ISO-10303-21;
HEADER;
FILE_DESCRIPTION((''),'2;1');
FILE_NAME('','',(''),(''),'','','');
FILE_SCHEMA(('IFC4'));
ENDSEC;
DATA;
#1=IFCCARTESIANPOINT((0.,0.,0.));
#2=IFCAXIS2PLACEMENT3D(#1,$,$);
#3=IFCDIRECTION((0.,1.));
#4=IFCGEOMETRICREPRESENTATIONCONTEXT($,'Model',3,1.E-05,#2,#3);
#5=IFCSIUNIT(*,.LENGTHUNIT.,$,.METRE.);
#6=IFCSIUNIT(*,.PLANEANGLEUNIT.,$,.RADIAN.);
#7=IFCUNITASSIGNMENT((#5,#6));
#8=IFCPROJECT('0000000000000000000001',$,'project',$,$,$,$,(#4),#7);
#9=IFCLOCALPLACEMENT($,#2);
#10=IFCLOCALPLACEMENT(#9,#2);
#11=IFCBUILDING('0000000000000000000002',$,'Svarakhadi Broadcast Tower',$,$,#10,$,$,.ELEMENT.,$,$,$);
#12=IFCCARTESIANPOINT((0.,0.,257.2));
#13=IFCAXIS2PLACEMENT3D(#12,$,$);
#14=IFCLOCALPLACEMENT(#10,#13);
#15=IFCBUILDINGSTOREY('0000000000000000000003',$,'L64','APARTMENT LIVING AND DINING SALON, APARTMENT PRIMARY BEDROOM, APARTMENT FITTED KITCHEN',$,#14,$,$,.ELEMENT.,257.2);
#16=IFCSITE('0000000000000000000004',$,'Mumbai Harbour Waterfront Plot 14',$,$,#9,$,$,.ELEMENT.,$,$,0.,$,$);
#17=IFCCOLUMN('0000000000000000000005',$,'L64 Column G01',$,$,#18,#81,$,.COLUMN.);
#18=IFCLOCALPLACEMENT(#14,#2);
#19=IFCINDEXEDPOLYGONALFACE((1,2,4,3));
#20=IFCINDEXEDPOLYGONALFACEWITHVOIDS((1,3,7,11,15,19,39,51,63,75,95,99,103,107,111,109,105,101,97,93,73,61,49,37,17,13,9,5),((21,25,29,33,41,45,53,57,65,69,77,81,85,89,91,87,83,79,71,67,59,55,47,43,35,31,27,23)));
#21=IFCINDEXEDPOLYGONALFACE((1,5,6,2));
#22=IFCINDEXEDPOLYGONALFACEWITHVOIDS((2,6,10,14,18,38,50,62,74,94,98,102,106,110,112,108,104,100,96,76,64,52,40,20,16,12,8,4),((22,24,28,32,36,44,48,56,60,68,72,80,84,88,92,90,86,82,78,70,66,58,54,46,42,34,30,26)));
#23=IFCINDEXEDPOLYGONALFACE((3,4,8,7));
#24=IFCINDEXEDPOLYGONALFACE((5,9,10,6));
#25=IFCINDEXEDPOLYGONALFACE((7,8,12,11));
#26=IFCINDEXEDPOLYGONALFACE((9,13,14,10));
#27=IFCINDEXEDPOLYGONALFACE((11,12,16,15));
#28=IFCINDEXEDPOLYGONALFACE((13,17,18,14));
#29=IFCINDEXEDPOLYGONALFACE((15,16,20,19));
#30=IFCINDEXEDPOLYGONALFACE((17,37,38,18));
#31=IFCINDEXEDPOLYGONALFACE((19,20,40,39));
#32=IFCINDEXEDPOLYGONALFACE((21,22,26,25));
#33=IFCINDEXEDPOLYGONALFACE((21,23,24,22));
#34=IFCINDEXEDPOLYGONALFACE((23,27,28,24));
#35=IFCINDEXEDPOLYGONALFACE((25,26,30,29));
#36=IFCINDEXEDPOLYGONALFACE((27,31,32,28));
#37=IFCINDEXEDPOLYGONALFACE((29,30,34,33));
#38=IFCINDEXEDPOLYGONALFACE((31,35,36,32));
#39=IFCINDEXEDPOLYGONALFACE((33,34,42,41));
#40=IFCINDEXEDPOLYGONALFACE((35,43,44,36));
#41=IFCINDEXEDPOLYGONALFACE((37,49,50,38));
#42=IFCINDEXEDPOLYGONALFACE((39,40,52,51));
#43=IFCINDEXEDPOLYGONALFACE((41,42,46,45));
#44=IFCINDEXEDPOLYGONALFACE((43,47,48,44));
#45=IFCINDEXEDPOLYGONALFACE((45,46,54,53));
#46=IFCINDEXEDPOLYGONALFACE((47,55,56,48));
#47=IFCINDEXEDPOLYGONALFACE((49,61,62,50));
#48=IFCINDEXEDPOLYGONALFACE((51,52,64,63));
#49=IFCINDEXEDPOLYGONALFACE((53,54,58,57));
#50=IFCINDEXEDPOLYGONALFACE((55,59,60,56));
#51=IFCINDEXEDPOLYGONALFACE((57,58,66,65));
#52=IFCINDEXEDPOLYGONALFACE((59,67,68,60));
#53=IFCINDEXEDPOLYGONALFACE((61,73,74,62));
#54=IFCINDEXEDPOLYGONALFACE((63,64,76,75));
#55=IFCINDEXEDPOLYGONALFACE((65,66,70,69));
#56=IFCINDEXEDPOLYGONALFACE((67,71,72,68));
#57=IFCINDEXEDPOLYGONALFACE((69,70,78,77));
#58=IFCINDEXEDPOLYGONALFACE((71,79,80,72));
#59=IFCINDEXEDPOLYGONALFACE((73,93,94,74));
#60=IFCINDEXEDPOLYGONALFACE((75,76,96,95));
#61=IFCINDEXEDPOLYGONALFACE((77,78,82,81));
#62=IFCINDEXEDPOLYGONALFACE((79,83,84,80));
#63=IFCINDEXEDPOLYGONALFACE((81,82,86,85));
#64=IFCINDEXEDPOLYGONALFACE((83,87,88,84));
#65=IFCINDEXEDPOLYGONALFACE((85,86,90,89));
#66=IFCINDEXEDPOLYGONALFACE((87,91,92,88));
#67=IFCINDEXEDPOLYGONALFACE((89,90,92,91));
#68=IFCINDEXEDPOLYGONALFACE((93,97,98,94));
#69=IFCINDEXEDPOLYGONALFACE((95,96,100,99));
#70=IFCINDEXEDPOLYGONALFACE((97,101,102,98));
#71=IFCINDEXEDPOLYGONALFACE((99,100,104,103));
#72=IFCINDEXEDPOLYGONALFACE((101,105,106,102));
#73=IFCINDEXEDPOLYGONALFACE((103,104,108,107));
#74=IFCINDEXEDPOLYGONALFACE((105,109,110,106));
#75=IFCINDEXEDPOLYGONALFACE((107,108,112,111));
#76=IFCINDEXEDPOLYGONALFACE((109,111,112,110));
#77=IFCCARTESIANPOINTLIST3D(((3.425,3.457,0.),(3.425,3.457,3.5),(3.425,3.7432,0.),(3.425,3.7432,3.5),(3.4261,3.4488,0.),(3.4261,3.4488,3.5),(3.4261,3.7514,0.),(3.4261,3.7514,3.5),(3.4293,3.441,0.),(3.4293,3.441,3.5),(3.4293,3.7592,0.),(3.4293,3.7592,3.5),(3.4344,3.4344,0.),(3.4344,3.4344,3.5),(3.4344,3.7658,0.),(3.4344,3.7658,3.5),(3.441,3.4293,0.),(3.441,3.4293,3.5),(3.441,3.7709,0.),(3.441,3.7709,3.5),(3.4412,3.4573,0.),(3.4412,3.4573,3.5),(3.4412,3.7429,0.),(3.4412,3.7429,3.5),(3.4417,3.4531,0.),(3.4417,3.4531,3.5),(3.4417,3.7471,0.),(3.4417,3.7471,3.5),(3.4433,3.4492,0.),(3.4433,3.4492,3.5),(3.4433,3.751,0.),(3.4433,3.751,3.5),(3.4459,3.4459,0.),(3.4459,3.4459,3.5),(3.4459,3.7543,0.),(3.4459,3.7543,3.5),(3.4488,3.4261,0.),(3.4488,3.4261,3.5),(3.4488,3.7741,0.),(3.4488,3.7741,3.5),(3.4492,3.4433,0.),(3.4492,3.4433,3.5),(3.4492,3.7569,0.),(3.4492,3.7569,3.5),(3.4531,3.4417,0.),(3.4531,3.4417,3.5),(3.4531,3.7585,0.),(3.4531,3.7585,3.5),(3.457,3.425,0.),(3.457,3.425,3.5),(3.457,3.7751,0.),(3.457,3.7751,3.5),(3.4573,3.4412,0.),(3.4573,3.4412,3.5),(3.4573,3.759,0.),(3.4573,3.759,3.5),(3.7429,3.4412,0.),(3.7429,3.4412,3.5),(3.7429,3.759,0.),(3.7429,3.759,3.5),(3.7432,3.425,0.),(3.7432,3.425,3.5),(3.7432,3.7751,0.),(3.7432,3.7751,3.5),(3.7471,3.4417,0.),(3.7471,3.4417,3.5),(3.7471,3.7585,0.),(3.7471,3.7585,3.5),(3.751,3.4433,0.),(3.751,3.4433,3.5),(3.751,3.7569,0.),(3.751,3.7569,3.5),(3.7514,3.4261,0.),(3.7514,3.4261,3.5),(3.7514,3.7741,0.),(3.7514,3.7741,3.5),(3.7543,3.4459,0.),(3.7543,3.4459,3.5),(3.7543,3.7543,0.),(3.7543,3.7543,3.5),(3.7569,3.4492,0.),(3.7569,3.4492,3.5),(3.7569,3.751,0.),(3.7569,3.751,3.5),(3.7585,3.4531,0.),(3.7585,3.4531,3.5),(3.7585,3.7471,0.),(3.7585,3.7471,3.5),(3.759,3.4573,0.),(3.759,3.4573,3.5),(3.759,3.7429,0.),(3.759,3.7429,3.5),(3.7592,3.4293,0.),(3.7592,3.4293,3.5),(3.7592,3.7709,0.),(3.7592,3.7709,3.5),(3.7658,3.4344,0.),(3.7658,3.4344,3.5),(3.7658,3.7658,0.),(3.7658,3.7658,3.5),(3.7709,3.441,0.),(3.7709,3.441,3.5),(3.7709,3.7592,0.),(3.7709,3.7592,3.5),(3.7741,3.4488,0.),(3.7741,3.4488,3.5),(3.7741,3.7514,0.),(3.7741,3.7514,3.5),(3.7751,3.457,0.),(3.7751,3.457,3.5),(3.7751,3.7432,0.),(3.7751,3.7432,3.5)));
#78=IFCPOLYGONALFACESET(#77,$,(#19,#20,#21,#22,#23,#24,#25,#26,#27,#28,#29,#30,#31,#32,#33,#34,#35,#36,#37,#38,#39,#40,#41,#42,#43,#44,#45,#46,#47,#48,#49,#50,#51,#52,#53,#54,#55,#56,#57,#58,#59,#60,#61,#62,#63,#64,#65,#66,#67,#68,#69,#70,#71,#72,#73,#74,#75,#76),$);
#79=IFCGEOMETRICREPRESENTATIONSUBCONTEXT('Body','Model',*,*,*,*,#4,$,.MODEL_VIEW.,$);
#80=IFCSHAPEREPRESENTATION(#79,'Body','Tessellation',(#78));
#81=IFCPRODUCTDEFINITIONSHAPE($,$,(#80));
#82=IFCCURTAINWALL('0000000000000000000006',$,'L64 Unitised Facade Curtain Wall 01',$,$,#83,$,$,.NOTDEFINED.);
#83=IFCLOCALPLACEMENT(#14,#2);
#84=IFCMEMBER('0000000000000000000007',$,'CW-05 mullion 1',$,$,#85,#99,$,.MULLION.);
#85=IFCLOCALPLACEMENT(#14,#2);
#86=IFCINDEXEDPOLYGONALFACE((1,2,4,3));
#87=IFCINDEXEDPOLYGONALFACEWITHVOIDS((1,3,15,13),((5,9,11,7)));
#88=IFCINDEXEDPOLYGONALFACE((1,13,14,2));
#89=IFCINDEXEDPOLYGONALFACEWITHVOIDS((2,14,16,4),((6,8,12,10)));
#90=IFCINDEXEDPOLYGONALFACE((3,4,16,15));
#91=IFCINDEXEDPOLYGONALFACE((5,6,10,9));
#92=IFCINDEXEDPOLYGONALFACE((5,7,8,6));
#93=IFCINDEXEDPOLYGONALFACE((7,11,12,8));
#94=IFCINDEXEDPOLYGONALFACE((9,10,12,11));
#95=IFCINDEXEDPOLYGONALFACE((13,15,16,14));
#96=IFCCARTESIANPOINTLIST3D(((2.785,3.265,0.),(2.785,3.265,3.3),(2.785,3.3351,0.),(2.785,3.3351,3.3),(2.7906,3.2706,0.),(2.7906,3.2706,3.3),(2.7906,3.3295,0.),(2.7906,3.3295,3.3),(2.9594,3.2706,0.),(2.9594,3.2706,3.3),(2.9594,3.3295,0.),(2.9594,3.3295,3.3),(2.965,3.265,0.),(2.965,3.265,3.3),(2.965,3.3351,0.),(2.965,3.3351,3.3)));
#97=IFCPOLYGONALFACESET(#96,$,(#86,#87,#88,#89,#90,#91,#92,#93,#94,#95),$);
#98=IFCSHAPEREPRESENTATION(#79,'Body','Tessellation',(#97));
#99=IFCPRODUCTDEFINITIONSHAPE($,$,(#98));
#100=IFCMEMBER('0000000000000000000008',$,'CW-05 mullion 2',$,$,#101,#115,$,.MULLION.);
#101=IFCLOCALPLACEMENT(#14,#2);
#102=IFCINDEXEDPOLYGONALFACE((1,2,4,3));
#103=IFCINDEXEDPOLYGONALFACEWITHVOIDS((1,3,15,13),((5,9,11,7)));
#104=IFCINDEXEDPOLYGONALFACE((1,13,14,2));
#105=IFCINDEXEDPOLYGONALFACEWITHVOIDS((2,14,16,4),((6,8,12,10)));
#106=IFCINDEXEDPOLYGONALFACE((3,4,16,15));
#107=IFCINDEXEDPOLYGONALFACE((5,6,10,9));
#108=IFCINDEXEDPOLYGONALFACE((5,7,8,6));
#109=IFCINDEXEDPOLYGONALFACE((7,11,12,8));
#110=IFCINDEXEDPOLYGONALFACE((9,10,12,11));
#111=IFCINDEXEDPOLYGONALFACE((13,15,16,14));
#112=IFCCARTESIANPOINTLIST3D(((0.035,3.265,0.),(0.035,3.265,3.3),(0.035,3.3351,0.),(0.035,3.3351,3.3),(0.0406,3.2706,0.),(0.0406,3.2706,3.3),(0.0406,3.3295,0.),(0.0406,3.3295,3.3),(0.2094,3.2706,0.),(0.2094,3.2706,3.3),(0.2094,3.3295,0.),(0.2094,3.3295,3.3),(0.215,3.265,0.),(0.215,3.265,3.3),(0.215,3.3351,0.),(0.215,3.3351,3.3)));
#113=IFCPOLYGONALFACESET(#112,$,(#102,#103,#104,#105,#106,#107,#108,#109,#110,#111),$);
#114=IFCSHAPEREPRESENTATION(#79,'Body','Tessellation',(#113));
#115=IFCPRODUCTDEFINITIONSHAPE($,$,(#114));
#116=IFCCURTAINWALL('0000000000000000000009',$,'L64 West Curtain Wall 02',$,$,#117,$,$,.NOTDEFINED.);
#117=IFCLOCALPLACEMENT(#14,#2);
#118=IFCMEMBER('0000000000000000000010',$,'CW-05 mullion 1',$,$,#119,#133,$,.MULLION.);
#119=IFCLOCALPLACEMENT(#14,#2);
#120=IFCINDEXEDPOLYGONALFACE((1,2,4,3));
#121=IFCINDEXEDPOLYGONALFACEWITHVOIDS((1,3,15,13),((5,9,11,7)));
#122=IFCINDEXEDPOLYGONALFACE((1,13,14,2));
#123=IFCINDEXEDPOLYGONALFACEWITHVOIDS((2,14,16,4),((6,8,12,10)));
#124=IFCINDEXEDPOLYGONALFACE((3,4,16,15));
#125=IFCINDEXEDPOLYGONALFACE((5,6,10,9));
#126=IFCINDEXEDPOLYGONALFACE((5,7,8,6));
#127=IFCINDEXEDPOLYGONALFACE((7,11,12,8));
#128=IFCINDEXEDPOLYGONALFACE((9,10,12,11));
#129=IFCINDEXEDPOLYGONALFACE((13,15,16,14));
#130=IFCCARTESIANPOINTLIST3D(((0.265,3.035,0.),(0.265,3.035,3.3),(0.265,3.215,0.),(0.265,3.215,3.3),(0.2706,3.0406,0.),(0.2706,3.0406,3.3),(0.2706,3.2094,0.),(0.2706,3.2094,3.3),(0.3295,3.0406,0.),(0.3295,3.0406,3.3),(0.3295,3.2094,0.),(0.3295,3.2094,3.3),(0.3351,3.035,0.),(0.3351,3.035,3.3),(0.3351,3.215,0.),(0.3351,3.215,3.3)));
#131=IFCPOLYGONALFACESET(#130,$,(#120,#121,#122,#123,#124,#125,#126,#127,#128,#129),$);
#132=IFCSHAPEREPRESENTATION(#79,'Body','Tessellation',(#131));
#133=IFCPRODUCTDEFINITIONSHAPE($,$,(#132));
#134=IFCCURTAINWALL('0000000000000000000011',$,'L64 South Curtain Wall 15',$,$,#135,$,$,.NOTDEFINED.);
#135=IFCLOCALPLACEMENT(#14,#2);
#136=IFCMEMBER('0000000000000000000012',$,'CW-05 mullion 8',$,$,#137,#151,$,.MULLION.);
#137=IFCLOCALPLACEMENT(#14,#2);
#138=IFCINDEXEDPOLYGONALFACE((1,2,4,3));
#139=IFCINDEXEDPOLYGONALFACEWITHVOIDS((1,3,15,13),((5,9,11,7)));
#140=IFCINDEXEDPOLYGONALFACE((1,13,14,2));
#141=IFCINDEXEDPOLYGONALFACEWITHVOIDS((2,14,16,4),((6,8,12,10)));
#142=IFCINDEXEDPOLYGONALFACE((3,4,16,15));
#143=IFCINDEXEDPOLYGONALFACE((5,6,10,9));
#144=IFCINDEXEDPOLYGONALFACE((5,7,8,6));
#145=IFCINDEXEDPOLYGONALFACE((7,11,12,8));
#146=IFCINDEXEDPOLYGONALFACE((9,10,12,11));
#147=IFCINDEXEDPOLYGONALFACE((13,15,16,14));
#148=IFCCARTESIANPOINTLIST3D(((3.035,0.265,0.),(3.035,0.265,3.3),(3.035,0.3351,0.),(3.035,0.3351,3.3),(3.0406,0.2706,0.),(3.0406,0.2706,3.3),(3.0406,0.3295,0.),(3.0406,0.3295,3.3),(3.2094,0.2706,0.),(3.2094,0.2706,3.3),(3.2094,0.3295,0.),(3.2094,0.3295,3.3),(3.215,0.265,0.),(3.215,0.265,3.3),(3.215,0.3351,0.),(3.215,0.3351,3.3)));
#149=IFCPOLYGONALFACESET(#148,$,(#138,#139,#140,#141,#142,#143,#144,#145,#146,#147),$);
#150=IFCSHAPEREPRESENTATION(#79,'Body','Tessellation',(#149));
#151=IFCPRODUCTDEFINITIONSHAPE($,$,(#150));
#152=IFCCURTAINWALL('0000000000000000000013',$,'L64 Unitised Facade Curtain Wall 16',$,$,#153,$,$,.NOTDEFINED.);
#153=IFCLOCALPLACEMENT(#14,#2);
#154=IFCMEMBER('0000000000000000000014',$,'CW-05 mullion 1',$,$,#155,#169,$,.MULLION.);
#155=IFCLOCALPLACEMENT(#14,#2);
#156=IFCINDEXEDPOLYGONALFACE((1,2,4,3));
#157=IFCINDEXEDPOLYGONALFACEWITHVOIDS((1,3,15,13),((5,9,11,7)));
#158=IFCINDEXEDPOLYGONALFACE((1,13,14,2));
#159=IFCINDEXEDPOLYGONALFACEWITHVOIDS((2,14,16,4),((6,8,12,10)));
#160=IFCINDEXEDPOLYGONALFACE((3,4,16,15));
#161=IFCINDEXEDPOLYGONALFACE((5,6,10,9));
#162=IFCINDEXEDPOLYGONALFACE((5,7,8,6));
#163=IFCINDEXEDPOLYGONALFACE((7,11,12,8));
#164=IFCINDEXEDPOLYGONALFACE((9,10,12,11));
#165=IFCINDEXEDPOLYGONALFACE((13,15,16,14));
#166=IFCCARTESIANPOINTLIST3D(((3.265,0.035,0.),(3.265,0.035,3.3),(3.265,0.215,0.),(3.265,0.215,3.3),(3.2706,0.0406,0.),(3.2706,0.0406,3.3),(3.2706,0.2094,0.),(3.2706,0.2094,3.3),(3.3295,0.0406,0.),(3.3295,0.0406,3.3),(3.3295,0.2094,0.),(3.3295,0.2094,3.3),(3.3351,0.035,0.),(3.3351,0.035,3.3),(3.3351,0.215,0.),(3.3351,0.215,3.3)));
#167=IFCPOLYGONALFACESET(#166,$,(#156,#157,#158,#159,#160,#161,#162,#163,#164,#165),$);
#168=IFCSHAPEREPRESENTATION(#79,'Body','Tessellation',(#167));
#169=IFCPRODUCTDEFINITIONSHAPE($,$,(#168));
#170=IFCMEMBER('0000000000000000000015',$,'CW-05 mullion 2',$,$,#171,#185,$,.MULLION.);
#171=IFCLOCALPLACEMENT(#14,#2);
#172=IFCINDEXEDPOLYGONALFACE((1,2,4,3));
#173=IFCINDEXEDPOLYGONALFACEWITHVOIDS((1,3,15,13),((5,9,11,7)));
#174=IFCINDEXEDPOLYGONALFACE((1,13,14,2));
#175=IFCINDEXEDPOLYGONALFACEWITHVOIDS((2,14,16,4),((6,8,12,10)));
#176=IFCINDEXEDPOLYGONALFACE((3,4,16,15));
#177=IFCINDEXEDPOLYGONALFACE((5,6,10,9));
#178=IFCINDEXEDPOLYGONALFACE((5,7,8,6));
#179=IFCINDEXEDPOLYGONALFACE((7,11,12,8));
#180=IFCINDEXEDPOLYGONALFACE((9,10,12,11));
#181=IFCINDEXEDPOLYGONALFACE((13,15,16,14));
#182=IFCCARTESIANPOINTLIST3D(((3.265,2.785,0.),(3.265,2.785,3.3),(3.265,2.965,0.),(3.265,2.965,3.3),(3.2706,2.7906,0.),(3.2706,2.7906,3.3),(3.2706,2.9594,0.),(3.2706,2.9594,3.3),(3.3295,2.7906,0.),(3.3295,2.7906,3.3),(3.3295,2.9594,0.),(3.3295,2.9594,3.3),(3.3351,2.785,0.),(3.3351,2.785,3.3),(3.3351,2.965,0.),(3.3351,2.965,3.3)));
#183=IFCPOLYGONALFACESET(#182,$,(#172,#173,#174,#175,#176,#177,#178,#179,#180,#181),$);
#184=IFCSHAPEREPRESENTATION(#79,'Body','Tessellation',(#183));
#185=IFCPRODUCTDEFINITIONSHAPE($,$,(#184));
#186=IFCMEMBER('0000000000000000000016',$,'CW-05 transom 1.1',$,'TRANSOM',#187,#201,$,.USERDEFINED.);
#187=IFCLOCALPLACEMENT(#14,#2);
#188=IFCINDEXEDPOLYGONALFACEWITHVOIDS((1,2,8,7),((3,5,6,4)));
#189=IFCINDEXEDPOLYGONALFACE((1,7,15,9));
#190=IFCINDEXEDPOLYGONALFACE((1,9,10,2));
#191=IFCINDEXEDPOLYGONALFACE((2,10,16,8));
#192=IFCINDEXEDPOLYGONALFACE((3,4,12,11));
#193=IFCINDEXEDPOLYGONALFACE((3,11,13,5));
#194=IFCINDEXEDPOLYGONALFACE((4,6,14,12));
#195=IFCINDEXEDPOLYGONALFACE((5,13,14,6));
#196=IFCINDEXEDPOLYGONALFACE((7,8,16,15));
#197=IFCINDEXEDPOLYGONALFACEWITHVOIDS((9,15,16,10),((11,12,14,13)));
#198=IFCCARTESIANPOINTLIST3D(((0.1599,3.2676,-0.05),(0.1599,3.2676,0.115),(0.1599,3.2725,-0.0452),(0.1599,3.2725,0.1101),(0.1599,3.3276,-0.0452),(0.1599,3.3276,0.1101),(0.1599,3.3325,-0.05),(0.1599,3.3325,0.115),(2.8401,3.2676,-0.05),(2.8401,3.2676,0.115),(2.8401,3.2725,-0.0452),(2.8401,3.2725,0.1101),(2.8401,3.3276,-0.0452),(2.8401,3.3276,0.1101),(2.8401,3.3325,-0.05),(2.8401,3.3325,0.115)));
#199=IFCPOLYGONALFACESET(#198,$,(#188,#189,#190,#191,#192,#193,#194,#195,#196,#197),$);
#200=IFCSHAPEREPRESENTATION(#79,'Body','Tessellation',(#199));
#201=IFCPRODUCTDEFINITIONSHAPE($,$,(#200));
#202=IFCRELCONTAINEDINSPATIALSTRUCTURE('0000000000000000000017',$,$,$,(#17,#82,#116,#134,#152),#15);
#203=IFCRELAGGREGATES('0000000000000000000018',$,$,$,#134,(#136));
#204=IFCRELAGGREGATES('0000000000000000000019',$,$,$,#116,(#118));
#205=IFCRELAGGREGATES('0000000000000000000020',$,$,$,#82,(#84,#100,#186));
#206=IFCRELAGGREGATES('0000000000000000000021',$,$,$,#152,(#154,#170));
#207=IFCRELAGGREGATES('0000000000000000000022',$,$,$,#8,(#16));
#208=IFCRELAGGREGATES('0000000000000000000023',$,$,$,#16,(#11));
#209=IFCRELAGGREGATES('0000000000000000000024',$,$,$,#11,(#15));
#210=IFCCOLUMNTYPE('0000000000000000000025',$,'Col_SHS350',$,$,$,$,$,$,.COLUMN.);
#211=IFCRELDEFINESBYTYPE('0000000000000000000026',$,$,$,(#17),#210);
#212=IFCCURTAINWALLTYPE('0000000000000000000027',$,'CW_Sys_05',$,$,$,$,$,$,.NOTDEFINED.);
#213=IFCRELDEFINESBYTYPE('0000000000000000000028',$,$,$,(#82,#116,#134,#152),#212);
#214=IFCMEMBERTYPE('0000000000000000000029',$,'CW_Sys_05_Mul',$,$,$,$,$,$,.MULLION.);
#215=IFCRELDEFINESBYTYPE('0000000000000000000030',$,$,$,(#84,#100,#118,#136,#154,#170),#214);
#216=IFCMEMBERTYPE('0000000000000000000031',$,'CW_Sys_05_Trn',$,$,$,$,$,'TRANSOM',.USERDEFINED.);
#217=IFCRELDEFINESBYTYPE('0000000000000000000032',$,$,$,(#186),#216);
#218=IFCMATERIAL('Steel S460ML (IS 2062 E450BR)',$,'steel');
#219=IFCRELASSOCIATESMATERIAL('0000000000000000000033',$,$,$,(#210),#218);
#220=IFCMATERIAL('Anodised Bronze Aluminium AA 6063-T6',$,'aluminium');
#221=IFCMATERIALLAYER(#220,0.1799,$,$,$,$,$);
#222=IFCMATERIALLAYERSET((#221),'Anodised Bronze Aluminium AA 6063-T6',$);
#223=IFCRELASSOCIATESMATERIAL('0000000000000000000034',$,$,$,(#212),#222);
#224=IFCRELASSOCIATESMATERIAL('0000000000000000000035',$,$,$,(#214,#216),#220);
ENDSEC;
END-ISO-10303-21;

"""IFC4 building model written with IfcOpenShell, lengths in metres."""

from ifc_helpers import new_model, si_unit, direction, frame, origin, origin_2d, place, context, subcontext, project, spatial, hollow_rectangle, extrude, material, layer, layer_set, material_profile, profile_set, type_object, element, aggregate, save


model = new_model("IFC4")

# Units and contexts
model_context = context("Model", 3, precision=1e-05, world=origin(), true_north=direction((0.0, 1.0)))
body_context = subcontext(model_context, "Body", "Model", "MODEL_VIEW")
ifc_project = project(units=[si_unit("LENGTHUNIT", "METRE"), si_unit("PLANEANGLEUNIT", "RADIAN")], contexts=[model_context])

# Site, building, storey
site_placement = place(None, origin())
site = spatial("IfcSite", under=ifc_project, at=site_placement, Name="Mumbai Harbour Waterfront Plot 14", CompositionType="ELEMENT", RefElevation=0.0)
building_placement = place(site_placement, origin())
building = spatial("IfcBuilding", under=site, at=building_placement, Name="Svarakhadi Broadcast Tower", CompositionType="ELEMENT")
storey_placement = place(building_placement, frame((0.0, 0.0, 257.2)))
storey = spatial("IfcBuildingStorey", under=building, at=storey_placement, Name="L64", Description="APARTMENT LIVING AND DINING SALON, APARTMENT PRIMARY BEDROOM, APARTMENT FITTED KITCHEN", CompositionType="ELEMENT", Elevation=257.2)

# Column
ifc_material_1 = material(Name="Steel S460ML (IS 2062 E450BR)", Category="steel")
ifc_material_profile_1 = material_profile(ifc_material_1, hollow_rectangle(XDim=0.3501, YDim=0.3501, WallThickness=0.0161, InnerFilletRadius=0.0161, OuterFilletRadius=0.032, at=origin_2d()), Name="SHS 350x350x16")
ifc_profile_set_1 = profile_set([ifc_material_profile_1], Name="Steel S460ML (IS 2062 E450BR)")
column_type = type_object("IfcColumnType", Name="Col_SHS350", PredefinedType="COLUMN", material=ifc_profile_set_1)
column_placement = place(storey_placement, frame((3.6001, 3.6001, 0.0), z_axis=(0.0, 0.0, 1.0), x_axis=(1.0, 0.0, 0.0)))
element("IfcColumn", 1, at=column_placement, inside=storey, type_object=column_type, Name="L64 Column G01", PredefinedType="COLUMN", context=body_context, shape_type="SweptSolid", body=[
    extrude(hollow_rectangle(XDim=0.3501, YDim=0.3501, WallThickness=0.0161, InnerFilletRadius=0.0161, OuterFilletRadius=0.032, at=origin_2d()), origin(), (0.0, 0.0, 1.0), 3.5),
])

# Curtain wall, members
ifc_material_2 = material(Name="Anodised Bronze Aluminium AA 6063-T6", Category="aluminium")
ifc_layer_1 = layer(ifc_material_2, 0.1799)
ifc_layer_set_1 = layer_set([ifc_layer_1], Name="Anodised Bronze Aluminium AA 6063-T6")
curtain_wall_type = type_object("IfcCurtainWallType", Name="CW_Sys_05", PredefinedType="NOTDEFINED", material=ifc_layer_set_1)
curtain_wall_1_placement = place(storey_placement, origin())
curtain_wall_1 = element("IfcCurtainWall", 2, at=curtain_wall_1_placement, inside=storey, type_object=curtain_wall_type, Name="L64 Unitised Facade Curtain Wall 01", PredefinedType="NOTDEFINED")
ifc_material_profile_2 = material_profile(ifc_material_2, hollow_rectangle(XDim=0.0701, YDim=0.1799, WallThickness=0.0056, at=origin_2d()), Name="ALU MULLION 180x70x6")
ifc_profile_set_2 = profile_set([ifc_material_profile_2], Name="Anodised Bronze Aluminium AA 6063-T6")
member_type_1 = type_object("IfcMemberType", Name="CW_Sys_05_Mul", PredefinedType="MULLION", material=ifc_profile_set_2)
member_1_placement = place(storey_placement, frame((2.875, 3.3, 0.0), z_axis=(0.0, 0.0, 1.0), x_axis=(0.0, -1.0, 0.0)))
member_1 = element("IfcMember", 3, at=member_1_placement, type_object=member_type_1, Name="CW-05 mullion 1", PredefinedType="MULLION", context=body_context, shape_type="SweptSolid", body=[
    extrude(hollow_rectangle(XDim=0.0701, YDim=0.1799, WallThickness=0.0056, at=origin_2d()), origin(), (0.0, 0.0, 1.0), 3.3),
])
member_2_placement = place(storey_placement, frame((0.125, 3.3, 0.0), z_axis=(0.0, 0.0, 1.0), x_axis=(0.0, -1.0, 0.0)))
member_2 = element("IfcMember", 4, at=member_2_placement, type_object=member_type_1, Name="CW-05 mullion 2", PredefinedType="MULLION", context=body_context, shape_type="SweptSolid", body=[
    extrude(hollow_rectangle(XDim=0.0701, YDim=0.1799, WallThickness=0.0056, at=origin_2d()), origin(), (0.0, 0.0, 1.0), 3.3),
])

# Curtain walls, members
curtain_wall_2_placement = place(storey_placement, origin())
curtain_wall_2 = element("IfcCurtainWall", 5, at=curtain_wall_2_placement, inside=storey, type_object=curtain_wall_type, Name="L64 West Curtain Wall 02", PredefinedType="NOTDEFINED")
member_3_placement = place(storey_placement, frame((0.3, 3.125, 0.0), z_axis=(0.0, 0.0, 1.0), x_axis=(-1.0, 0.0, 0.0)))
member_3 = element("IfcMember", 6, at=member_3_placement, type_object=member_type_1, Name="CW-05 mullion 1", PredefinedType="MULLION", context=body_context, shape_type="SweptSolid", body=[
    extrude(hollow_rectangle(XDim=0.0701, YDim=0.1799, WallThickness=0.0056, at=origin_2d()), origin(), (0.0, 0.0, 1.0), 3.3),
])
curtain_wall_3_placement = place(storey_placement, origin())
curtain_wall_3 = element("IfcCurtainWall", 7, at=curtain_wall_3_placement, inside=storey, type_object=curtain_wall_type, Name="L64 South Curtain Wall 15", PredefinedType="NOTDEFINED")
member_4_placement = place(storey_placement, frame((3.125, 0.3, 0.0), z_axis=(0.0, 0.0, 1.0), x_axis=(0.0, -1.0, 0.0)))
member_4 = element("IfcMember", 8, at=member_4_placement, type_object=member_type_1, Name="CW-05 mullion 8", PredefinedType="MULLION", context=body_context, shape_type="SweptSolid", body=[
    extrude(hollow_rectangle(XDim=0.0701, YDim=0.1799, WallThickness=0.0056, at=origin_2d()), origin(), (0.0, 0.0, 1.0), 3.3),
])
aggregate(curtain_wall_3, [member_4])

# Curtain wall, members
curtain_wall_4_placement = place(storey_placement, origin())
curtain_wall_4 = element("IfcCurtainWall", 9, at=curtain_wall_4_placement, inside=storey, type_object=curtain_wall_type, Name="L64 Unitised Facade Curtain Wall 16", PredefinedType="NOTDEFINED")
member_5_placement = place(storey_placement, frame((3.3, 0.125, 0.0), z_axis=(0.0, 0.0, 1.0), x_axis=(-1.0, 0.0, 0.0)))
member_5 = element("IfcMember", 10, at=member_5_placement, type_object=member_type_1, Name="CW-05 mullion 1", PredefinedType="MULLION", context=body_context, shape_type="SweptSolid", body=[
    extrude(hollow_rectangle(XDim=0.0701, YDim=0.1799, WallThickness=0.0056, at=origin_2d()), origin(), (0.0, 0.0, 1.0), 3.3),
])
member_6_placement = place(storey_placement, frame((3.3, 2.875, 0.0), z_axis=(0.0, 0.0, 1.0), x_axis=(-1.0, 0.0, 0.0)))
member_6 = element("IfcMember", 11, at=member_6_placement, type_object=member_type_1, Name="CW-05 mullion 2", PredefinedType="MULLION", context=body_context, shape_type="SweptSolid", body=[
    extrude(hollow_rectangle(XDim=0.0701, YDim=0.1799, WallThickness=0.0056, at=origin_2d()), origin(), (0.0, 0.0, 1.0), 3.3),
])

# Member
ifc_material_profile_3 = material_profile(ifc_material_2, hollow_rectangle(XDim=0.0649, YDim=0.165, WallThickness=0.0049, at=origin_2d()), Name="ALU TRANSOM 165x65x5")
ifc_profile_set_3 = profile_set([ifc_material_profile_3], Name="Anodised Bronze Aluminium AA 6063-T6")
member_type_2 = type_object("IfcMemberType", Name="CW_Sys_05_Trn", ElementType="TRANSOM", PredefinedType="USERDEFINED", material=ifc_profile_set_3)
member_7_placement = place(storey_placement, frame((2.8401, 3.3, 0.0325), z_axis=(-1.0, 0.0, 0.0), x_axis=(0.0, -1.0, 0.0)))
member_7 = element("IfcMember", 12, at=member_7_placement, type_object=member_type_2, Name="CW-05 transom 1.1", ObjectType="TRANSOM", PredefinedType="USERDEFINED", context=body_context, shape_type="SweptSolid", body=[
    extrude(hollow_rectangle(XDim=0.0649, YDim=0.165, WallThickness=0.0049, at=origin_2d()), origin(), (0.0, 0.0, 1.0), 2.6802),
])
aggregate(curtain_wall_2, [member_3])

aggregate(curtain_wall_1, [member_1, member_2, member_7])
aggregate(curtain_wall_4, [member_5, member_6])

save(model, "model.ifc")
